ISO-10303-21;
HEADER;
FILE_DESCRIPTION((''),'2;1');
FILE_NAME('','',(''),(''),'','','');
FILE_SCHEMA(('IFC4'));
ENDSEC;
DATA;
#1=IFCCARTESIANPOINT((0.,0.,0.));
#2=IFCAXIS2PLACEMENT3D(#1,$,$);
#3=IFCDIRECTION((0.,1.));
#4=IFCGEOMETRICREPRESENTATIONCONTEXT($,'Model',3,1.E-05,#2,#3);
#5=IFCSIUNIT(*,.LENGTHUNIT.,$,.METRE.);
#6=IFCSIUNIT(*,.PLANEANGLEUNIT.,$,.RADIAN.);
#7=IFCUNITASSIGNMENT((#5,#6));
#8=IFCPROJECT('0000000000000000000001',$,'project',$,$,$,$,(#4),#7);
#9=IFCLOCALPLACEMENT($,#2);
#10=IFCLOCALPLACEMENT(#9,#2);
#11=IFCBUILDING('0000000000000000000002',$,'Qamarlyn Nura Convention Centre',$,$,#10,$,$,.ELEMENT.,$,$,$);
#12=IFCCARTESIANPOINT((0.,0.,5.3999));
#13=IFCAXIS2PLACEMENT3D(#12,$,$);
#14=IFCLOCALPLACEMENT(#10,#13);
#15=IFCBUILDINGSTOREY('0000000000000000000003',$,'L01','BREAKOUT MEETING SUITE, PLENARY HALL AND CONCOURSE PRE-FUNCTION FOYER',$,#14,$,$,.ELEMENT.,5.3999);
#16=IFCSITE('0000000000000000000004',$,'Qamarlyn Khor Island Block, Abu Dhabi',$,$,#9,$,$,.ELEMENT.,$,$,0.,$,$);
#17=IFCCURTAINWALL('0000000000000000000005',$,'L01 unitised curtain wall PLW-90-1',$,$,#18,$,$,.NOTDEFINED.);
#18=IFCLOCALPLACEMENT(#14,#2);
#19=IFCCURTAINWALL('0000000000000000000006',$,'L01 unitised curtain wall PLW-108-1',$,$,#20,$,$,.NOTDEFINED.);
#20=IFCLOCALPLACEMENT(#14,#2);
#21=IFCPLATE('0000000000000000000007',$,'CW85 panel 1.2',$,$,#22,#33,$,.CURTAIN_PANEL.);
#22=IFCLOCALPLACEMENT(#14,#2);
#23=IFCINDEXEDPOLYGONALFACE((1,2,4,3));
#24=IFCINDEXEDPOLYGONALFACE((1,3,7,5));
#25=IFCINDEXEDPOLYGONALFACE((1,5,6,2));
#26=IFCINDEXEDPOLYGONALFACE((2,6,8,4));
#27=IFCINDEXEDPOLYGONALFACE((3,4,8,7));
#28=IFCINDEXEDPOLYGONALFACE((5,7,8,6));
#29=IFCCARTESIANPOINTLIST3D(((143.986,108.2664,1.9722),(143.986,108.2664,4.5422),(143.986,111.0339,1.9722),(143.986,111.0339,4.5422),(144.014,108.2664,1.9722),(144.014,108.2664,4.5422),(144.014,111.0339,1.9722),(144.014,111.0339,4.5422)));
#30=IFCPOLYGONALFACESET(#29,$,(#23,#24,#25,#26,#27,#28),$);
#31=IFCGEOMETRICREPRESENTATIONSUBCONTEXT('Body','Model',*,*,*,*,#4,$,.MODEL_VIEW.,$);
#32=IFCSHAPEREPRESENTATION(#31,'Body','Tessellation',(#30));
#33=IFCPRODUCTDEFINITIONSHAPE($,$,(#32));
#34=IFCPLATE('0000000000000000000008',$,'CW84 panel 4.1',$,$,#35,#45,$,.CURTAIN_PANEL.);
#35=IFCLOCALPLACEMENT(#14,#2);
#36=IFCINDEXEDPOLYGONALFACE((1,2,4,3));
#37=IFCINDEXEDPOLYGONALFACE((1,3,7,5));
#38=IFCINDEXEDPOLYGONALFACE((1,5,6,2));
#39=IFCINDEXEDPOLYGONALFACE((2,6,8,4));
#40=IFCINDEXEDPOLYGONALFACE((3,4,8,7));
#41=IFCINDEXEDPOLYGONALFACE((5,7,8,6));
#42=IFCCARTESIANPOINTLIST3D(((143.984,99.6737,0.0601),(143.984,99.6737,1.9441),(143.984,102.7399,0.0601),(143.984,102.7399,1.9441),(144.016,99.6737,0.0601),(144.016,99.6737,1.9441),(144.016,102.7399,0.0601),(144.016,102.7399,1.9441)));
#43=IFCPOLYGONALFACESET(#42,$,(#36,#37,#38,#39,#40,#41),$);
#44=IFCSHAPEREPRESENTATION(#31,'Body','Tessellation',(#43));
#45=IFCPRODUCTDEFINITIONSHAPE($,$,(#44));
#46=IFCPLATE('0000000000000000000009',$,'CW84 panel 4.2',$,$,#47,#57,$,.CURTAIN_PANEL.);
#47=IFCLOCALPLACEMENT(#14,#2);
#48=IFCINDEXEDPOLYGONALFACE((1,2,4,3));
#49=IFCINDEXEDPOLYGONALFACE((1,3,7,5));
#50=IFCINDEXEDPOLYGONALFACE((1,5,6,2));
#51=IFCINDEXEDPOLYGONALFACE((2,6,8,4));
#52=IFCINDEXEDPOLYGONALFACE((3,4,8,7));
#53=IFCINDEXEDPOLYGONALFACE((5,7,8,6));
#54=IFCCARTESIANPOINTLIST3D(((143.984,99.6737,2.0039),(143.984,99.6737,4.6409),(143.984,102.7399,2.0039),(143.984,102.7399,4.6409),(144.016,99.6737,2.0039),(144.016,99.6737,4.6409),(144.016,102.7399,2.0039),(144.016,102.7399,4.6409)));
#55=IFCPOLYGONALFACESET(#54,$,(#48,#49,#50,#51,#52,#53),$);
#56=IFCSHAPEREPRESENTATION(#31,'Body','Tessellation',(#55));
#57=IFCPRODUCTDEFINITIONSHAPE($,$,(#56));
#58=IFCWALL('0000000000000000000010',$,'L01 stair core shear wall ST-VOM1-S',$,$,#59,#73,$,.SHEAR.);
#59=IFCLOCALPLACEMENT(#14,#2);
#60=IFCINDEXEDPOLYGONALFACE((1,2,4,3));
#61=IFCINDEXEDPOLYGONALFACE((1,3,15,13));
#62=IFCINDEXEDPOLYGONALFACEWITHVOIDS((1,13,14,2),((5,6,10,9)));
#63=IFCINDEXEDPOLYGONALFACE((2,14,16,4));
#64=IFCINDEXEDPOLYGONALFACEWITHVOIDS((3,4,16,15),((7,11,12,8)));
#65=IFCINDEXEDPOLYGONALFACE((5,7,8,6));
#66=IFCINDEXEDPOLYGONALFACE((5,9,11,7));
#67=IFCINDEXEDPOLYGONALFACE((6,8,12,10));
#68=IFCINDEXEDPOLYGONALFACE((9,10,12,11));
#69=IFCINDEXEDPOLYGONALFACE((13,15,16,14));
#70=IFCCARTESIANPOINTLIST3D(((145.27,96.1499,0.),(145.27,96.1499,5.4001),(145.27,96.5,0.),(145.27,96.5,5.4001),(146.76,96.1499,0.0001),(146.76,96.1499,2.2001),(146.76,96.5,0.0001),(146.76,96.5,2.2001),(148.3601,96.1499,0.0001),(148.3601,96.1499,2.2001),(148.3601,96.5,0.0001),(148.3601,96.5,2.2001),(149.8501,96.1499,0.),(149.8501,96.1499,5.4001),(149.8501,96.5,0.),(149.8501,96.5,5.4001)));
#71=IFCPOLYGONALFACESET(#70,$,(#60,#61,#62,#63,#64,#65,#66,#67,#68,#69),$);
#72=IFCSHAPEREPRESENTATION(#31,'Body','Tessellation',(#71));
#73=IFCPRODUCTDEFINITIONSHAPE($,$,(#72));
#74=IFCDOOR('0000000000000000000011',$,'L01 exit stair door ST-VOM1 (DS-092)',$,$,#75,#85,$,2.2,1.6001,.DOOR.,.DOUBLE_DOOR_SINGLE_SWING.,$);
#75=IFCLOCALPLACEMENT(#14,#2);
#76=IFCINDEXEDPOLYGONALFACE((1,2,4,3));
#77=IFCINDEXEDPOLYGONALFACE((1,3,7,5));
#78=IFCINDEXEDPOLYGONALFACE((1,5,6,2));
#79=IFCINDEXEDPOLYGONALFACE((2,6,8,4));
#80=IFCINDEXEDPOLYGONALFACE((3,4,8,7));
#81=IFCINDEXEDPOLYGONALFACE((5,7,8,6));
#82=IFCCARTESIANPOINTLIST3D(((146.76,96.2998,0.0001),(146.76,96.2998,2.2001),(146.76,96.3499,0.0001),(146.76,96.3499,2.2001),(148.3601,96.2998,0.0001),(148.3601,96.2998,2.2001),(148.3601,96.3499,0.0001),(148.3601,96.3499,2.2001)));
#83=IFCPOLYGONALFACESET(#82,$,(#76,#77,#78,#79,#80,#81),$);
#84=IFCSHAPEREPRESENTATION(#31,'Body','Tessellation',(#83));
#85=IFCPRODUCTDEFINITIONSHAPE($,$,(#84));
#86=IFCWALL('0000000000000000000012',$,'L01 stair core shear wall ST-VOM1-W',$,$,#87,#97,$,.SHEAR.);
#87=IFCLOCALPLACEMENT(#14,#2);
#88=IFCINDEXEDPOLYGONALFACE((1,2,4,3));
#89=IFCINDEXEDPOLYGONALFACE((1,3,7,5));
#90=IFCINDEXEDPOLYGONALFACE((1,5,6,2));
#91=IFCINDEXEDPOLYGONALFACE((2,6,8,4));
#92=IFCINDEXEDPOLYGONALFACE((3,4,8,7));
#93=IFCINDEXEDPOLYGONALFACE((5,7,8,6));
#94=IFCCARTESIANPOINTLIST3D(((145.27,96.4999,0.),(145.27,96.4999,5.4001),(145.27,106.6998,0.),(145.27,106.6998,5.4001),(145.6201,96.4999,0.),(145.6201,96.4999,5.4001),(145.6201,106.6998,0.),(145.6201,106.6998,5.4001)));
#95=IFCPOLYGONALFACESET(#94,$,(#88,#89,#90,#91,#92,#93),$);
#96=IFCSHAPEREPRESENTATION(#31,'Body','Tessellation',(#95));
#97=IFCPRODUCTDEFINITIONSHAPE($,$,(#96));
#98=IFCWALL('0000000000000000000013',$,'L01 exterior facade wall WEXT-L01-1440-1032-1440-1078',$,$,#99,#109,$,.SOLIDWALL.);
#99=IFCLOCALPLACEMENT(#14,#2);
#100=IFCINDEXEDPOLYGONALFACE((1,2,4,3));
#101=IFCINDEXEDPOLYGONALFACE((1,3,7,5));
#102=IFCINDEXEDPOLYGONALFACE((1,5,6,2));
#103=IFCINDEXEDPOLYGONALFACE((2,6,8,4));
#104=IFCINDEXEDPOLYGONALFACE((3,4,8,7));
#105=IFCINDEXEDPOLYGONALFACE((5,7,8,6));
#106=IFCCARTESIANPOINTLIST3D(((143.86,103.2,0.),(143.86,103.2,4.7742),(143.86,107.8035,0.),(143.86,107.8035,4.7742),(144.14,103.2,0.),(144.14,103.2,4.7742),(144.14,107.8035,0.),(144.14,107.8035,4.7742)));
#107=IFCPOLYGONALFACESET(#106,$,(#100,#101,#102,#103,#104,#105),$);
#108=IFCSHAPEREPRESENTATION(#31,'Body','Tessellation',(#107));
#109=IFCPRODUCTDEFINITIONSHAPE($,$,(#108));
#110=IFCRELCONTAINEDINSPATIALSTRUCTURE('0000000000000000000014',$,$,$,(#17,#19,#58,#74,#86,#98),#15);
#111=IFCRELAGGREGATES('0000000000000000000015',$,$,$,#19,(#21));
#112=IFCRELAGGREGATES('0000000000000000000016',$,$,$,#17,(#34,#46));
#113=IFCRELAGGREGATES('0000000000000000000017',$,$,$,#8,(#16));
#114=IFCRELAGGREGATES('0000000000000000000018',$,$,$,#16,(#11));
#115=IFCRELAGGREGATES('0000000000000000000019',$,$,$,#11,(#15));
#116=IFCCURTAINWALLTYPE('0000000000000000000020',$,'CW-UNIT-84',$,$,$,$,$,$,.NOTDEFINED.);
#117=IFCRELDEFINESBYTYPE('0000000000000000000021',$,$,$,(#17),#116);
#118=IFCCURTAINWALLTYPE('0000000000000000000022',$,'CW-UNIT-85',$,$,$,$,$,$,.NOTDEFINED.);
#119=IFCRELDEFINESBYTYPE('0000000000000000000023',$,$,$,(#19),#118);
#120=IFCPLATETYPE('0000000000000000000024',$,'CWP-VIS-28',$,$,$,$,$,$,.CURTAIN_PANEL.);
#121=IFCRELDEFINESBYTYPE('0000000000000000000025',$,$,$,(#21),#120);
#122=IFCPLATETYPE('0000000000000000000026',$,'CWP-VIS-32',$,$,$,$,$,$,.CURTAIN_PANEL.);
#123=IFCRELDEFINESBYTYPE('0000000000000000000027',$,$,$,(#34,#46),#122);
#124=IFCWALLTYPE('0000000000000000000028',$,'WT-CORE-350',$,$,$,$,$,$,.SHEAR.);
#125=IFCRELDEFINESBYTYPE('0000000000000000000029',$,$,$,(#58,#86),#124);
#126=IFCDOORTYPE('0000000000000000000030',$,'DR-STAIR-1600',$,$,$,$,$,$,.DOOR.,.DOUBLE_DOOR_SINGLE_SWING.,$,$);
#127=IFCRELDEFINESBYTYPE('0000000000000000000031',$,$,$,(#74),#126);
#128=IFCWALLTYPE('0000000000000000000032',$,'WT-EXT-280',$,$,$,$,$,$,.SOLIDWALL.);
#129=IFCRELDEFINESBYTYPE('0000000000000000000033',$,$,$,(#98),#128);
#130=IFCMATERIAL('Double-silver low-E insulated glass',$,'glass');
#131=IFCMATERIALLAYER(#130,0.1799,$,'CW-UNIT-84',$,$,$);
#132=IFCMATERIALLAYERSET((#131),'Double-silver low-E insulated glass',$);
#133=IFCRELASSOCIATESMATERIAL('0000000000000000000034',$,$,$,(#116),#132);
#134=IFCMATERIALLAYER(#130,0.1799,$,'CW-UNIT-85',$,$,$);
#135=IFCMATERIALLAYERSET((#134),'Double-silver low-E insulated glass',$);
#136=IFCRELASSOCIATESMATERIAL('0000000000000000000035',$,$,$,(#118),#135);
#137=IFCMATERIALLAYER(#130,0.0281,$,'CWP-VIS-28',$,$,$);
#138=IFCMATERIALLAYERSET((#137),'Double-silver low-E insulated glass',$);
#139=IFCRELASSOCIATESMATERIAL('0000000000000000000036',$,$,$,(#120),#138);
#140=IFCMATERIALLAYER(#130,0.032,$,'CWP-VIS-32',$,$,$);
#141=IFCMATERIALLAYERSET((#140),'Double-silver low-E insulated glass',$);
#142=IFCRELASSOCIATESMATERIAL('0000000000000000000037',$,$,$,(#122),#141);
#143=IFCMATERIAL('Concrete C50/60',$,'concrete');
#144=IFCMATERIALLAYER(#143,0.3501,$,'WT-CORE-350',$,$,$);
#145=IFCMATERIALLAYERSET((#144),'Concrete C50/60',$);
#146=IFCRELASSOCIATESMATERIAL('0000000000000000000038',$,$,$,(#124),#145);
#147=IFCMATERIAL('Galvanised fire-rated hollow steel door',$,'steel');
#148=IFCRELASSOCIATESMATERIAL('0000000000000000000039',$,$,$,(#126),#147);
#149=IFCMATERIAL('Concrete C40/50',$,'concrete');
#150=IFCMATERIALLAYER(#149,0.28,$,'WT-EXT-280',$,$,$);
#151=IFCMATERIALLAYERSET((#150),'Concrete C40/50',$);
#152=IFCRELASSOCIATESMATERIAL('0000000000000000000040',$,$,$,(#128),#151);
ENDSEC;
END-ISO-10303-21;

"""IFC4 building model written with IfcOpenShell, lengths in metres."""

from ifc_helpers import new_model, si_unit, direction, frame, frame_2d, origin, origin_2d, place, context, subcontext, project, spatial, rectangle, extrude, material, layer, layer_set, type_object, element, fill, aggregate, save


model = new_model("IFC4")

# Units and contexts
model_context = context("Model", 3, precision=1e-05, world=origin(), true_north=direction((0.0, 1.0)))
body_context = subcontext(model_context, "Body", "Model", "MODEL_VIEW")
ifc_project = project(units=[si_unit("LENGTHUNIT", "METRE"), si_unit("PLANEANGLEUNIT", "RADIAN")], contexts=[model_context])

# Site, building, storey
site_placement = place(None, origin())
site = spatial("IfcSite", under=ifc_project, at=site_placement, Name="Qamarlyn Khor Island Block, Abu Dhabi", CompositionType="ELEMENT", RefElevation=0.0)
building_placement = place(site_placement, origin())
building = spatial("IfcBuilding", under=site, at=building_placement, Name="Qamarlyn Nura Convention Centre", CompositionType="ELEMENT")
storey_placement = place(building_placement, frame((0.0, 0.0, 5.3999)))
storey = spatial("IfcBuildingStorey", under=building, at=storey_placement, Name="L01", Description="BREAKOUT MEETING SUITE, PLENARY HALL AND CONCOURSE PRE-FUNCTION FOYER", CompositionType="ELEMENT", Elevation=5.3999)

# Curtain wall
ifc_material_1 = material(Name="Double-silver low-E insulated glass", Category="glass")
ifc_layer_1 = layer(ifc_material_1, 0.1799, Name="CW-UNIT-84")
ifc_layer_set_1 = layer_set([ifc_layer_1], Name="Double-silver low-E insulated glass")
curtain_wall_type_1 = type_object("IfcCurtainWallType", Name="CW-UNIT-84", PredefinedType="NOTDEFINED", material=ifc_layer_set_1)
curtain_wall_1_placement = place(storey_placement, origin())
curtain_wall_1 = element("IfcCurtainWall", 1, at=curtain_wall_1_placement, inside=storey, type_object=curtain_wall_type_1, Name="L01 unitised curtain wall PLW-90-1", PredefinedType="NOTDEFINED")

# Curtain wall, plate
ifc_layer_2 = layer(ifc_material_1, 0.1799, Name="CW-UNIT-85")
ifc_layer_set_2 = layer_set([ifc_layer_2], Name="Double-silver low-E insulated glass")
curtain_wall_type_2 = type_object("IfcCurtainWallType", Name="CW-UNIT-85", PredefinedType="NOTDEFINED", material=ifc_layer_set_2)
curtain_wall_2_placement = place(storey_placement, origin())
curtain_wall_2 = element("IfcCurtainWall", 2, at=curtain_wall_2_placement, inside=storey, type_object=curtain_wall_type_2, Name="L01 unitised curtain wall PLW-108-1", PredefinedType="NOTDEFINED")
ifc_layer_3 = layer(ifc_material_1, 0.0281, Name="CWP-VIS-28")
ifc_layer_set_3 = layer_set([ifc_layer_3], Name="Double-silver low-E insulated glass")
plate_type_1 = type_object("IfcPlateType", Name="CWP-VIS-28", PredefinedType="CURTAIN_PANEL", material=ifc_layer_set_3)
plate_1_placement = place(storey_placement, frame((144.0, 109.6501, 1.9722), z_axis=(0.0, 0.0, 1.0), x_axis=(0.0, 1.0, 0.0)))
plate_1 = element("IfcPlate", 3, at=plate_1_placement, type_object=plate_type_1, Name="CW85 panel 1.2", PredefinedType="CURTAIN_PANEL", context=body_context, shape_type="SweptSolid", body=[
    extrude(rectangle(XDim=2.7676, YDim=0.0281, at=origin_2d()), origin(), (0.0, 0.0, 1.0), 2.5701),
])
aggregate(curtain_wall_2, [plate_1])

# Plates
ifc_layer_4 = layer(ifc_material_1, 0.032, Name="CWP-VIS-32")
ifc_layer_set_4 = layer_set([ifc_layer_4], Name="Double-silver low-E insulated glass")
plate_type_2 = type_object("IfcPlateType", Name="CWP-VIS-32", PredefinedType="CURTAIN_PANEL", material=ifc_layer_set_4)
plate_2_placement = place(storey_placement, frame((144.0, 101.2068, 0.0601), z_axis=(0.0, 0.0, 1.0), x_axis=(0.0, 1.0, 0.0)))
plate_2 = element("IfcPlate", 4, at=plate_2_placement, type_object=plate_type_2, Name="CW84 panel 4.1", PredefinedType="CURTAIN_PANEL", context=body_context, shape_type="SweptSolid", body=[
    extrude(rectangle(XDim=3.0662, YDim=0.032, at=origin_2d()), origin(), (0.0, 0.0, 1.0), 1.884),
])
plate_3_placement = place(storey_placement, frame((144.0, 101.2068, 2.0039), z_axis=(0.0, 0.0, 1.0), x_axis=(0.0, 1.0, 0.0)))
plate_3 = element("IfcPlate", 5, at=plate_3_placement, type_object=plate_type_2, Name="CW84 panel 4.2", PredefinedType="CURTAIN_PANEL", context=body_context, shape_type="SweptSolid", body=[
    extrude(rectangle(XDim=3.0662, YDim=0.032, at=origin_2d()), origin(), (0.0, 0.0, 1.0), 2.637),
])
aggregate(curtain_wall_1, [plate_2, plate_3])

# Wall, opening, door
ifc_material_2 = material(Name="Concrete C50/60", Category="concrete")
ifc_layer_5 = layer(ifc_material_2, 0.3501, Name="WT-CORE-350")
ifc_layer_set_5 = layer_set([ifc_layer_5], Name="Concrete C50/60")
wall_type_1 = type_object("IfcWallType", Name="WT-CORE-350", PredefinedType="SHEAR", material=ifc_layer_set_5)
wall_1_placement = place(storey_placement, frame((145.27, 96.325, 0.0), z_axis=(0.0, 0.0, 1.0), x_axis=(1.0, 0.0, 0.0)))
wall_1 = element("IfcWall", 6, at=wall_1_placement, inside=storey, type_object=wall_type_1, Name="L01 stair core shear wall ST-VOM1-S", PredefinedType="SHEAR", context=body_context, shape_type="SweptSolid", body=[
    extrude(rectangle(XDim=4.5801, YDim=0.3501, at=frame_2d((2.29, 0.0))), origin(), (0.0, 0.0, 1.0), 5.4001),
])
opening_placement = place(wall_1_placement, frame((1.49, 0.0, 0.0)))
opening = element("IfcOpeningElement", 7, at=opening_placement, cuts=wall_1, PredefinedType="OPENING", context=body_context, shape_type="SweptSolid", body=[
    extrude(rectangle(XDim=1.6001, YDim=2.2, at=frame_2d((0.8, 1.1001))), frame((0.0, 0.1851, 0.0), z_axis=(0.0, -1.0, 0.0), x_axis=(1.0, 0.0, 0.0)), (0.0, 0.0, 1.0), 0.3701),
])
ifc_material_3 = material(Name="Galvanised fire-rated hollow steel door", Category="steel")
door_type = type_object("IfcDoorType", Name="DR-STAIR-1600", OperationType="DOUBLE_DOOR_SINGLE_SWING", PredefinedType="DOOR", material=ifc_material_3)
door_placement = place(opening_placement, origin())
door = element("IfcDoor", 8, at=door_placement, inside=storey, type_object=door_type, Name="L01 exit stair door ST-VOM1 (DS-092)", OperationType="DOUBLE_DOOR_SINGLE_SWING", OverallHeight=2.2, OverallWidth=1.6001, PredefinedType="DOOR", context=body_context, shape_type="SweptSolid", body=[
    extrude(rectangle(XDim=1.6001, YDim=2.2, at=frame_2d((0.8, 1.1001))), frame((0.0, 0.0249, 0.0), z_axis=(0.0, -1.0, 0.0), x_axis=(1.0, 0.0, 0.0)), (0.0, 0.0, 1.0), 0.05),
])
fill(opening, door)

# Walls
wall_2_placement = place(storey_placement, frame((145.4451, 106.7, 0.0), z_axis=(0.0, 0.0, 1.0), x_axis=(0.0, -1.0, 0.0)))
element("IfcWall", 9, at=wall_2_placement, inside=storey, type_object=wall_type_1, Name="L01 stair core shear wall ST-VOM1-W", PredefinedType="SHEAR", context=body_context, shape_type="SweptSolid", body=[
    extrude(rectangle(XDim=10.2, YDim=0.3501, at=frame_2d((5.1001, 0.0))), origin(), (0.0, 0.0, 1.0), 5.4001),
])
ifc_material_4 = material(Name="Concrete C40/50", Category="concrete")
ifc_layer_6 = layer(ifc_material_4, 0.28, Name="WT-EXT-280")
ifc_layer_set_6 = layer_set([ifc_layer_6], Name="Concrete C40/50")
wall_type_2 = type_object("IfcWallType", Name="WT-EXT-280", PredefinedType="SOLIDWALL", material=ifc_layer_set_6)
wall_3_placement = place(storey_placement, frame((144.0, 103.2, 0.0), z_axis=(0.0, 0.0, 1.0), x_axis=(0.0, 1.0, 0.0)))
element("IfcWall", 10, at=wall_3_placement, inside=storey, type_object=wall_type_2, Name="L01 exterior facade wall WEXT-L01-1440-1032-1440-1078", PredefinedType="SOLIDWALL", context=body_context, shape_type="SweptSolid", body=[
    extrude(rectangle(XDim=4.6035, YDim=0.28, at=frame_2d((2.3018, 0.0))), origin(), (0.0, 0.0, 1.0), 4.7742),
])

save(model, "model.ifc")
